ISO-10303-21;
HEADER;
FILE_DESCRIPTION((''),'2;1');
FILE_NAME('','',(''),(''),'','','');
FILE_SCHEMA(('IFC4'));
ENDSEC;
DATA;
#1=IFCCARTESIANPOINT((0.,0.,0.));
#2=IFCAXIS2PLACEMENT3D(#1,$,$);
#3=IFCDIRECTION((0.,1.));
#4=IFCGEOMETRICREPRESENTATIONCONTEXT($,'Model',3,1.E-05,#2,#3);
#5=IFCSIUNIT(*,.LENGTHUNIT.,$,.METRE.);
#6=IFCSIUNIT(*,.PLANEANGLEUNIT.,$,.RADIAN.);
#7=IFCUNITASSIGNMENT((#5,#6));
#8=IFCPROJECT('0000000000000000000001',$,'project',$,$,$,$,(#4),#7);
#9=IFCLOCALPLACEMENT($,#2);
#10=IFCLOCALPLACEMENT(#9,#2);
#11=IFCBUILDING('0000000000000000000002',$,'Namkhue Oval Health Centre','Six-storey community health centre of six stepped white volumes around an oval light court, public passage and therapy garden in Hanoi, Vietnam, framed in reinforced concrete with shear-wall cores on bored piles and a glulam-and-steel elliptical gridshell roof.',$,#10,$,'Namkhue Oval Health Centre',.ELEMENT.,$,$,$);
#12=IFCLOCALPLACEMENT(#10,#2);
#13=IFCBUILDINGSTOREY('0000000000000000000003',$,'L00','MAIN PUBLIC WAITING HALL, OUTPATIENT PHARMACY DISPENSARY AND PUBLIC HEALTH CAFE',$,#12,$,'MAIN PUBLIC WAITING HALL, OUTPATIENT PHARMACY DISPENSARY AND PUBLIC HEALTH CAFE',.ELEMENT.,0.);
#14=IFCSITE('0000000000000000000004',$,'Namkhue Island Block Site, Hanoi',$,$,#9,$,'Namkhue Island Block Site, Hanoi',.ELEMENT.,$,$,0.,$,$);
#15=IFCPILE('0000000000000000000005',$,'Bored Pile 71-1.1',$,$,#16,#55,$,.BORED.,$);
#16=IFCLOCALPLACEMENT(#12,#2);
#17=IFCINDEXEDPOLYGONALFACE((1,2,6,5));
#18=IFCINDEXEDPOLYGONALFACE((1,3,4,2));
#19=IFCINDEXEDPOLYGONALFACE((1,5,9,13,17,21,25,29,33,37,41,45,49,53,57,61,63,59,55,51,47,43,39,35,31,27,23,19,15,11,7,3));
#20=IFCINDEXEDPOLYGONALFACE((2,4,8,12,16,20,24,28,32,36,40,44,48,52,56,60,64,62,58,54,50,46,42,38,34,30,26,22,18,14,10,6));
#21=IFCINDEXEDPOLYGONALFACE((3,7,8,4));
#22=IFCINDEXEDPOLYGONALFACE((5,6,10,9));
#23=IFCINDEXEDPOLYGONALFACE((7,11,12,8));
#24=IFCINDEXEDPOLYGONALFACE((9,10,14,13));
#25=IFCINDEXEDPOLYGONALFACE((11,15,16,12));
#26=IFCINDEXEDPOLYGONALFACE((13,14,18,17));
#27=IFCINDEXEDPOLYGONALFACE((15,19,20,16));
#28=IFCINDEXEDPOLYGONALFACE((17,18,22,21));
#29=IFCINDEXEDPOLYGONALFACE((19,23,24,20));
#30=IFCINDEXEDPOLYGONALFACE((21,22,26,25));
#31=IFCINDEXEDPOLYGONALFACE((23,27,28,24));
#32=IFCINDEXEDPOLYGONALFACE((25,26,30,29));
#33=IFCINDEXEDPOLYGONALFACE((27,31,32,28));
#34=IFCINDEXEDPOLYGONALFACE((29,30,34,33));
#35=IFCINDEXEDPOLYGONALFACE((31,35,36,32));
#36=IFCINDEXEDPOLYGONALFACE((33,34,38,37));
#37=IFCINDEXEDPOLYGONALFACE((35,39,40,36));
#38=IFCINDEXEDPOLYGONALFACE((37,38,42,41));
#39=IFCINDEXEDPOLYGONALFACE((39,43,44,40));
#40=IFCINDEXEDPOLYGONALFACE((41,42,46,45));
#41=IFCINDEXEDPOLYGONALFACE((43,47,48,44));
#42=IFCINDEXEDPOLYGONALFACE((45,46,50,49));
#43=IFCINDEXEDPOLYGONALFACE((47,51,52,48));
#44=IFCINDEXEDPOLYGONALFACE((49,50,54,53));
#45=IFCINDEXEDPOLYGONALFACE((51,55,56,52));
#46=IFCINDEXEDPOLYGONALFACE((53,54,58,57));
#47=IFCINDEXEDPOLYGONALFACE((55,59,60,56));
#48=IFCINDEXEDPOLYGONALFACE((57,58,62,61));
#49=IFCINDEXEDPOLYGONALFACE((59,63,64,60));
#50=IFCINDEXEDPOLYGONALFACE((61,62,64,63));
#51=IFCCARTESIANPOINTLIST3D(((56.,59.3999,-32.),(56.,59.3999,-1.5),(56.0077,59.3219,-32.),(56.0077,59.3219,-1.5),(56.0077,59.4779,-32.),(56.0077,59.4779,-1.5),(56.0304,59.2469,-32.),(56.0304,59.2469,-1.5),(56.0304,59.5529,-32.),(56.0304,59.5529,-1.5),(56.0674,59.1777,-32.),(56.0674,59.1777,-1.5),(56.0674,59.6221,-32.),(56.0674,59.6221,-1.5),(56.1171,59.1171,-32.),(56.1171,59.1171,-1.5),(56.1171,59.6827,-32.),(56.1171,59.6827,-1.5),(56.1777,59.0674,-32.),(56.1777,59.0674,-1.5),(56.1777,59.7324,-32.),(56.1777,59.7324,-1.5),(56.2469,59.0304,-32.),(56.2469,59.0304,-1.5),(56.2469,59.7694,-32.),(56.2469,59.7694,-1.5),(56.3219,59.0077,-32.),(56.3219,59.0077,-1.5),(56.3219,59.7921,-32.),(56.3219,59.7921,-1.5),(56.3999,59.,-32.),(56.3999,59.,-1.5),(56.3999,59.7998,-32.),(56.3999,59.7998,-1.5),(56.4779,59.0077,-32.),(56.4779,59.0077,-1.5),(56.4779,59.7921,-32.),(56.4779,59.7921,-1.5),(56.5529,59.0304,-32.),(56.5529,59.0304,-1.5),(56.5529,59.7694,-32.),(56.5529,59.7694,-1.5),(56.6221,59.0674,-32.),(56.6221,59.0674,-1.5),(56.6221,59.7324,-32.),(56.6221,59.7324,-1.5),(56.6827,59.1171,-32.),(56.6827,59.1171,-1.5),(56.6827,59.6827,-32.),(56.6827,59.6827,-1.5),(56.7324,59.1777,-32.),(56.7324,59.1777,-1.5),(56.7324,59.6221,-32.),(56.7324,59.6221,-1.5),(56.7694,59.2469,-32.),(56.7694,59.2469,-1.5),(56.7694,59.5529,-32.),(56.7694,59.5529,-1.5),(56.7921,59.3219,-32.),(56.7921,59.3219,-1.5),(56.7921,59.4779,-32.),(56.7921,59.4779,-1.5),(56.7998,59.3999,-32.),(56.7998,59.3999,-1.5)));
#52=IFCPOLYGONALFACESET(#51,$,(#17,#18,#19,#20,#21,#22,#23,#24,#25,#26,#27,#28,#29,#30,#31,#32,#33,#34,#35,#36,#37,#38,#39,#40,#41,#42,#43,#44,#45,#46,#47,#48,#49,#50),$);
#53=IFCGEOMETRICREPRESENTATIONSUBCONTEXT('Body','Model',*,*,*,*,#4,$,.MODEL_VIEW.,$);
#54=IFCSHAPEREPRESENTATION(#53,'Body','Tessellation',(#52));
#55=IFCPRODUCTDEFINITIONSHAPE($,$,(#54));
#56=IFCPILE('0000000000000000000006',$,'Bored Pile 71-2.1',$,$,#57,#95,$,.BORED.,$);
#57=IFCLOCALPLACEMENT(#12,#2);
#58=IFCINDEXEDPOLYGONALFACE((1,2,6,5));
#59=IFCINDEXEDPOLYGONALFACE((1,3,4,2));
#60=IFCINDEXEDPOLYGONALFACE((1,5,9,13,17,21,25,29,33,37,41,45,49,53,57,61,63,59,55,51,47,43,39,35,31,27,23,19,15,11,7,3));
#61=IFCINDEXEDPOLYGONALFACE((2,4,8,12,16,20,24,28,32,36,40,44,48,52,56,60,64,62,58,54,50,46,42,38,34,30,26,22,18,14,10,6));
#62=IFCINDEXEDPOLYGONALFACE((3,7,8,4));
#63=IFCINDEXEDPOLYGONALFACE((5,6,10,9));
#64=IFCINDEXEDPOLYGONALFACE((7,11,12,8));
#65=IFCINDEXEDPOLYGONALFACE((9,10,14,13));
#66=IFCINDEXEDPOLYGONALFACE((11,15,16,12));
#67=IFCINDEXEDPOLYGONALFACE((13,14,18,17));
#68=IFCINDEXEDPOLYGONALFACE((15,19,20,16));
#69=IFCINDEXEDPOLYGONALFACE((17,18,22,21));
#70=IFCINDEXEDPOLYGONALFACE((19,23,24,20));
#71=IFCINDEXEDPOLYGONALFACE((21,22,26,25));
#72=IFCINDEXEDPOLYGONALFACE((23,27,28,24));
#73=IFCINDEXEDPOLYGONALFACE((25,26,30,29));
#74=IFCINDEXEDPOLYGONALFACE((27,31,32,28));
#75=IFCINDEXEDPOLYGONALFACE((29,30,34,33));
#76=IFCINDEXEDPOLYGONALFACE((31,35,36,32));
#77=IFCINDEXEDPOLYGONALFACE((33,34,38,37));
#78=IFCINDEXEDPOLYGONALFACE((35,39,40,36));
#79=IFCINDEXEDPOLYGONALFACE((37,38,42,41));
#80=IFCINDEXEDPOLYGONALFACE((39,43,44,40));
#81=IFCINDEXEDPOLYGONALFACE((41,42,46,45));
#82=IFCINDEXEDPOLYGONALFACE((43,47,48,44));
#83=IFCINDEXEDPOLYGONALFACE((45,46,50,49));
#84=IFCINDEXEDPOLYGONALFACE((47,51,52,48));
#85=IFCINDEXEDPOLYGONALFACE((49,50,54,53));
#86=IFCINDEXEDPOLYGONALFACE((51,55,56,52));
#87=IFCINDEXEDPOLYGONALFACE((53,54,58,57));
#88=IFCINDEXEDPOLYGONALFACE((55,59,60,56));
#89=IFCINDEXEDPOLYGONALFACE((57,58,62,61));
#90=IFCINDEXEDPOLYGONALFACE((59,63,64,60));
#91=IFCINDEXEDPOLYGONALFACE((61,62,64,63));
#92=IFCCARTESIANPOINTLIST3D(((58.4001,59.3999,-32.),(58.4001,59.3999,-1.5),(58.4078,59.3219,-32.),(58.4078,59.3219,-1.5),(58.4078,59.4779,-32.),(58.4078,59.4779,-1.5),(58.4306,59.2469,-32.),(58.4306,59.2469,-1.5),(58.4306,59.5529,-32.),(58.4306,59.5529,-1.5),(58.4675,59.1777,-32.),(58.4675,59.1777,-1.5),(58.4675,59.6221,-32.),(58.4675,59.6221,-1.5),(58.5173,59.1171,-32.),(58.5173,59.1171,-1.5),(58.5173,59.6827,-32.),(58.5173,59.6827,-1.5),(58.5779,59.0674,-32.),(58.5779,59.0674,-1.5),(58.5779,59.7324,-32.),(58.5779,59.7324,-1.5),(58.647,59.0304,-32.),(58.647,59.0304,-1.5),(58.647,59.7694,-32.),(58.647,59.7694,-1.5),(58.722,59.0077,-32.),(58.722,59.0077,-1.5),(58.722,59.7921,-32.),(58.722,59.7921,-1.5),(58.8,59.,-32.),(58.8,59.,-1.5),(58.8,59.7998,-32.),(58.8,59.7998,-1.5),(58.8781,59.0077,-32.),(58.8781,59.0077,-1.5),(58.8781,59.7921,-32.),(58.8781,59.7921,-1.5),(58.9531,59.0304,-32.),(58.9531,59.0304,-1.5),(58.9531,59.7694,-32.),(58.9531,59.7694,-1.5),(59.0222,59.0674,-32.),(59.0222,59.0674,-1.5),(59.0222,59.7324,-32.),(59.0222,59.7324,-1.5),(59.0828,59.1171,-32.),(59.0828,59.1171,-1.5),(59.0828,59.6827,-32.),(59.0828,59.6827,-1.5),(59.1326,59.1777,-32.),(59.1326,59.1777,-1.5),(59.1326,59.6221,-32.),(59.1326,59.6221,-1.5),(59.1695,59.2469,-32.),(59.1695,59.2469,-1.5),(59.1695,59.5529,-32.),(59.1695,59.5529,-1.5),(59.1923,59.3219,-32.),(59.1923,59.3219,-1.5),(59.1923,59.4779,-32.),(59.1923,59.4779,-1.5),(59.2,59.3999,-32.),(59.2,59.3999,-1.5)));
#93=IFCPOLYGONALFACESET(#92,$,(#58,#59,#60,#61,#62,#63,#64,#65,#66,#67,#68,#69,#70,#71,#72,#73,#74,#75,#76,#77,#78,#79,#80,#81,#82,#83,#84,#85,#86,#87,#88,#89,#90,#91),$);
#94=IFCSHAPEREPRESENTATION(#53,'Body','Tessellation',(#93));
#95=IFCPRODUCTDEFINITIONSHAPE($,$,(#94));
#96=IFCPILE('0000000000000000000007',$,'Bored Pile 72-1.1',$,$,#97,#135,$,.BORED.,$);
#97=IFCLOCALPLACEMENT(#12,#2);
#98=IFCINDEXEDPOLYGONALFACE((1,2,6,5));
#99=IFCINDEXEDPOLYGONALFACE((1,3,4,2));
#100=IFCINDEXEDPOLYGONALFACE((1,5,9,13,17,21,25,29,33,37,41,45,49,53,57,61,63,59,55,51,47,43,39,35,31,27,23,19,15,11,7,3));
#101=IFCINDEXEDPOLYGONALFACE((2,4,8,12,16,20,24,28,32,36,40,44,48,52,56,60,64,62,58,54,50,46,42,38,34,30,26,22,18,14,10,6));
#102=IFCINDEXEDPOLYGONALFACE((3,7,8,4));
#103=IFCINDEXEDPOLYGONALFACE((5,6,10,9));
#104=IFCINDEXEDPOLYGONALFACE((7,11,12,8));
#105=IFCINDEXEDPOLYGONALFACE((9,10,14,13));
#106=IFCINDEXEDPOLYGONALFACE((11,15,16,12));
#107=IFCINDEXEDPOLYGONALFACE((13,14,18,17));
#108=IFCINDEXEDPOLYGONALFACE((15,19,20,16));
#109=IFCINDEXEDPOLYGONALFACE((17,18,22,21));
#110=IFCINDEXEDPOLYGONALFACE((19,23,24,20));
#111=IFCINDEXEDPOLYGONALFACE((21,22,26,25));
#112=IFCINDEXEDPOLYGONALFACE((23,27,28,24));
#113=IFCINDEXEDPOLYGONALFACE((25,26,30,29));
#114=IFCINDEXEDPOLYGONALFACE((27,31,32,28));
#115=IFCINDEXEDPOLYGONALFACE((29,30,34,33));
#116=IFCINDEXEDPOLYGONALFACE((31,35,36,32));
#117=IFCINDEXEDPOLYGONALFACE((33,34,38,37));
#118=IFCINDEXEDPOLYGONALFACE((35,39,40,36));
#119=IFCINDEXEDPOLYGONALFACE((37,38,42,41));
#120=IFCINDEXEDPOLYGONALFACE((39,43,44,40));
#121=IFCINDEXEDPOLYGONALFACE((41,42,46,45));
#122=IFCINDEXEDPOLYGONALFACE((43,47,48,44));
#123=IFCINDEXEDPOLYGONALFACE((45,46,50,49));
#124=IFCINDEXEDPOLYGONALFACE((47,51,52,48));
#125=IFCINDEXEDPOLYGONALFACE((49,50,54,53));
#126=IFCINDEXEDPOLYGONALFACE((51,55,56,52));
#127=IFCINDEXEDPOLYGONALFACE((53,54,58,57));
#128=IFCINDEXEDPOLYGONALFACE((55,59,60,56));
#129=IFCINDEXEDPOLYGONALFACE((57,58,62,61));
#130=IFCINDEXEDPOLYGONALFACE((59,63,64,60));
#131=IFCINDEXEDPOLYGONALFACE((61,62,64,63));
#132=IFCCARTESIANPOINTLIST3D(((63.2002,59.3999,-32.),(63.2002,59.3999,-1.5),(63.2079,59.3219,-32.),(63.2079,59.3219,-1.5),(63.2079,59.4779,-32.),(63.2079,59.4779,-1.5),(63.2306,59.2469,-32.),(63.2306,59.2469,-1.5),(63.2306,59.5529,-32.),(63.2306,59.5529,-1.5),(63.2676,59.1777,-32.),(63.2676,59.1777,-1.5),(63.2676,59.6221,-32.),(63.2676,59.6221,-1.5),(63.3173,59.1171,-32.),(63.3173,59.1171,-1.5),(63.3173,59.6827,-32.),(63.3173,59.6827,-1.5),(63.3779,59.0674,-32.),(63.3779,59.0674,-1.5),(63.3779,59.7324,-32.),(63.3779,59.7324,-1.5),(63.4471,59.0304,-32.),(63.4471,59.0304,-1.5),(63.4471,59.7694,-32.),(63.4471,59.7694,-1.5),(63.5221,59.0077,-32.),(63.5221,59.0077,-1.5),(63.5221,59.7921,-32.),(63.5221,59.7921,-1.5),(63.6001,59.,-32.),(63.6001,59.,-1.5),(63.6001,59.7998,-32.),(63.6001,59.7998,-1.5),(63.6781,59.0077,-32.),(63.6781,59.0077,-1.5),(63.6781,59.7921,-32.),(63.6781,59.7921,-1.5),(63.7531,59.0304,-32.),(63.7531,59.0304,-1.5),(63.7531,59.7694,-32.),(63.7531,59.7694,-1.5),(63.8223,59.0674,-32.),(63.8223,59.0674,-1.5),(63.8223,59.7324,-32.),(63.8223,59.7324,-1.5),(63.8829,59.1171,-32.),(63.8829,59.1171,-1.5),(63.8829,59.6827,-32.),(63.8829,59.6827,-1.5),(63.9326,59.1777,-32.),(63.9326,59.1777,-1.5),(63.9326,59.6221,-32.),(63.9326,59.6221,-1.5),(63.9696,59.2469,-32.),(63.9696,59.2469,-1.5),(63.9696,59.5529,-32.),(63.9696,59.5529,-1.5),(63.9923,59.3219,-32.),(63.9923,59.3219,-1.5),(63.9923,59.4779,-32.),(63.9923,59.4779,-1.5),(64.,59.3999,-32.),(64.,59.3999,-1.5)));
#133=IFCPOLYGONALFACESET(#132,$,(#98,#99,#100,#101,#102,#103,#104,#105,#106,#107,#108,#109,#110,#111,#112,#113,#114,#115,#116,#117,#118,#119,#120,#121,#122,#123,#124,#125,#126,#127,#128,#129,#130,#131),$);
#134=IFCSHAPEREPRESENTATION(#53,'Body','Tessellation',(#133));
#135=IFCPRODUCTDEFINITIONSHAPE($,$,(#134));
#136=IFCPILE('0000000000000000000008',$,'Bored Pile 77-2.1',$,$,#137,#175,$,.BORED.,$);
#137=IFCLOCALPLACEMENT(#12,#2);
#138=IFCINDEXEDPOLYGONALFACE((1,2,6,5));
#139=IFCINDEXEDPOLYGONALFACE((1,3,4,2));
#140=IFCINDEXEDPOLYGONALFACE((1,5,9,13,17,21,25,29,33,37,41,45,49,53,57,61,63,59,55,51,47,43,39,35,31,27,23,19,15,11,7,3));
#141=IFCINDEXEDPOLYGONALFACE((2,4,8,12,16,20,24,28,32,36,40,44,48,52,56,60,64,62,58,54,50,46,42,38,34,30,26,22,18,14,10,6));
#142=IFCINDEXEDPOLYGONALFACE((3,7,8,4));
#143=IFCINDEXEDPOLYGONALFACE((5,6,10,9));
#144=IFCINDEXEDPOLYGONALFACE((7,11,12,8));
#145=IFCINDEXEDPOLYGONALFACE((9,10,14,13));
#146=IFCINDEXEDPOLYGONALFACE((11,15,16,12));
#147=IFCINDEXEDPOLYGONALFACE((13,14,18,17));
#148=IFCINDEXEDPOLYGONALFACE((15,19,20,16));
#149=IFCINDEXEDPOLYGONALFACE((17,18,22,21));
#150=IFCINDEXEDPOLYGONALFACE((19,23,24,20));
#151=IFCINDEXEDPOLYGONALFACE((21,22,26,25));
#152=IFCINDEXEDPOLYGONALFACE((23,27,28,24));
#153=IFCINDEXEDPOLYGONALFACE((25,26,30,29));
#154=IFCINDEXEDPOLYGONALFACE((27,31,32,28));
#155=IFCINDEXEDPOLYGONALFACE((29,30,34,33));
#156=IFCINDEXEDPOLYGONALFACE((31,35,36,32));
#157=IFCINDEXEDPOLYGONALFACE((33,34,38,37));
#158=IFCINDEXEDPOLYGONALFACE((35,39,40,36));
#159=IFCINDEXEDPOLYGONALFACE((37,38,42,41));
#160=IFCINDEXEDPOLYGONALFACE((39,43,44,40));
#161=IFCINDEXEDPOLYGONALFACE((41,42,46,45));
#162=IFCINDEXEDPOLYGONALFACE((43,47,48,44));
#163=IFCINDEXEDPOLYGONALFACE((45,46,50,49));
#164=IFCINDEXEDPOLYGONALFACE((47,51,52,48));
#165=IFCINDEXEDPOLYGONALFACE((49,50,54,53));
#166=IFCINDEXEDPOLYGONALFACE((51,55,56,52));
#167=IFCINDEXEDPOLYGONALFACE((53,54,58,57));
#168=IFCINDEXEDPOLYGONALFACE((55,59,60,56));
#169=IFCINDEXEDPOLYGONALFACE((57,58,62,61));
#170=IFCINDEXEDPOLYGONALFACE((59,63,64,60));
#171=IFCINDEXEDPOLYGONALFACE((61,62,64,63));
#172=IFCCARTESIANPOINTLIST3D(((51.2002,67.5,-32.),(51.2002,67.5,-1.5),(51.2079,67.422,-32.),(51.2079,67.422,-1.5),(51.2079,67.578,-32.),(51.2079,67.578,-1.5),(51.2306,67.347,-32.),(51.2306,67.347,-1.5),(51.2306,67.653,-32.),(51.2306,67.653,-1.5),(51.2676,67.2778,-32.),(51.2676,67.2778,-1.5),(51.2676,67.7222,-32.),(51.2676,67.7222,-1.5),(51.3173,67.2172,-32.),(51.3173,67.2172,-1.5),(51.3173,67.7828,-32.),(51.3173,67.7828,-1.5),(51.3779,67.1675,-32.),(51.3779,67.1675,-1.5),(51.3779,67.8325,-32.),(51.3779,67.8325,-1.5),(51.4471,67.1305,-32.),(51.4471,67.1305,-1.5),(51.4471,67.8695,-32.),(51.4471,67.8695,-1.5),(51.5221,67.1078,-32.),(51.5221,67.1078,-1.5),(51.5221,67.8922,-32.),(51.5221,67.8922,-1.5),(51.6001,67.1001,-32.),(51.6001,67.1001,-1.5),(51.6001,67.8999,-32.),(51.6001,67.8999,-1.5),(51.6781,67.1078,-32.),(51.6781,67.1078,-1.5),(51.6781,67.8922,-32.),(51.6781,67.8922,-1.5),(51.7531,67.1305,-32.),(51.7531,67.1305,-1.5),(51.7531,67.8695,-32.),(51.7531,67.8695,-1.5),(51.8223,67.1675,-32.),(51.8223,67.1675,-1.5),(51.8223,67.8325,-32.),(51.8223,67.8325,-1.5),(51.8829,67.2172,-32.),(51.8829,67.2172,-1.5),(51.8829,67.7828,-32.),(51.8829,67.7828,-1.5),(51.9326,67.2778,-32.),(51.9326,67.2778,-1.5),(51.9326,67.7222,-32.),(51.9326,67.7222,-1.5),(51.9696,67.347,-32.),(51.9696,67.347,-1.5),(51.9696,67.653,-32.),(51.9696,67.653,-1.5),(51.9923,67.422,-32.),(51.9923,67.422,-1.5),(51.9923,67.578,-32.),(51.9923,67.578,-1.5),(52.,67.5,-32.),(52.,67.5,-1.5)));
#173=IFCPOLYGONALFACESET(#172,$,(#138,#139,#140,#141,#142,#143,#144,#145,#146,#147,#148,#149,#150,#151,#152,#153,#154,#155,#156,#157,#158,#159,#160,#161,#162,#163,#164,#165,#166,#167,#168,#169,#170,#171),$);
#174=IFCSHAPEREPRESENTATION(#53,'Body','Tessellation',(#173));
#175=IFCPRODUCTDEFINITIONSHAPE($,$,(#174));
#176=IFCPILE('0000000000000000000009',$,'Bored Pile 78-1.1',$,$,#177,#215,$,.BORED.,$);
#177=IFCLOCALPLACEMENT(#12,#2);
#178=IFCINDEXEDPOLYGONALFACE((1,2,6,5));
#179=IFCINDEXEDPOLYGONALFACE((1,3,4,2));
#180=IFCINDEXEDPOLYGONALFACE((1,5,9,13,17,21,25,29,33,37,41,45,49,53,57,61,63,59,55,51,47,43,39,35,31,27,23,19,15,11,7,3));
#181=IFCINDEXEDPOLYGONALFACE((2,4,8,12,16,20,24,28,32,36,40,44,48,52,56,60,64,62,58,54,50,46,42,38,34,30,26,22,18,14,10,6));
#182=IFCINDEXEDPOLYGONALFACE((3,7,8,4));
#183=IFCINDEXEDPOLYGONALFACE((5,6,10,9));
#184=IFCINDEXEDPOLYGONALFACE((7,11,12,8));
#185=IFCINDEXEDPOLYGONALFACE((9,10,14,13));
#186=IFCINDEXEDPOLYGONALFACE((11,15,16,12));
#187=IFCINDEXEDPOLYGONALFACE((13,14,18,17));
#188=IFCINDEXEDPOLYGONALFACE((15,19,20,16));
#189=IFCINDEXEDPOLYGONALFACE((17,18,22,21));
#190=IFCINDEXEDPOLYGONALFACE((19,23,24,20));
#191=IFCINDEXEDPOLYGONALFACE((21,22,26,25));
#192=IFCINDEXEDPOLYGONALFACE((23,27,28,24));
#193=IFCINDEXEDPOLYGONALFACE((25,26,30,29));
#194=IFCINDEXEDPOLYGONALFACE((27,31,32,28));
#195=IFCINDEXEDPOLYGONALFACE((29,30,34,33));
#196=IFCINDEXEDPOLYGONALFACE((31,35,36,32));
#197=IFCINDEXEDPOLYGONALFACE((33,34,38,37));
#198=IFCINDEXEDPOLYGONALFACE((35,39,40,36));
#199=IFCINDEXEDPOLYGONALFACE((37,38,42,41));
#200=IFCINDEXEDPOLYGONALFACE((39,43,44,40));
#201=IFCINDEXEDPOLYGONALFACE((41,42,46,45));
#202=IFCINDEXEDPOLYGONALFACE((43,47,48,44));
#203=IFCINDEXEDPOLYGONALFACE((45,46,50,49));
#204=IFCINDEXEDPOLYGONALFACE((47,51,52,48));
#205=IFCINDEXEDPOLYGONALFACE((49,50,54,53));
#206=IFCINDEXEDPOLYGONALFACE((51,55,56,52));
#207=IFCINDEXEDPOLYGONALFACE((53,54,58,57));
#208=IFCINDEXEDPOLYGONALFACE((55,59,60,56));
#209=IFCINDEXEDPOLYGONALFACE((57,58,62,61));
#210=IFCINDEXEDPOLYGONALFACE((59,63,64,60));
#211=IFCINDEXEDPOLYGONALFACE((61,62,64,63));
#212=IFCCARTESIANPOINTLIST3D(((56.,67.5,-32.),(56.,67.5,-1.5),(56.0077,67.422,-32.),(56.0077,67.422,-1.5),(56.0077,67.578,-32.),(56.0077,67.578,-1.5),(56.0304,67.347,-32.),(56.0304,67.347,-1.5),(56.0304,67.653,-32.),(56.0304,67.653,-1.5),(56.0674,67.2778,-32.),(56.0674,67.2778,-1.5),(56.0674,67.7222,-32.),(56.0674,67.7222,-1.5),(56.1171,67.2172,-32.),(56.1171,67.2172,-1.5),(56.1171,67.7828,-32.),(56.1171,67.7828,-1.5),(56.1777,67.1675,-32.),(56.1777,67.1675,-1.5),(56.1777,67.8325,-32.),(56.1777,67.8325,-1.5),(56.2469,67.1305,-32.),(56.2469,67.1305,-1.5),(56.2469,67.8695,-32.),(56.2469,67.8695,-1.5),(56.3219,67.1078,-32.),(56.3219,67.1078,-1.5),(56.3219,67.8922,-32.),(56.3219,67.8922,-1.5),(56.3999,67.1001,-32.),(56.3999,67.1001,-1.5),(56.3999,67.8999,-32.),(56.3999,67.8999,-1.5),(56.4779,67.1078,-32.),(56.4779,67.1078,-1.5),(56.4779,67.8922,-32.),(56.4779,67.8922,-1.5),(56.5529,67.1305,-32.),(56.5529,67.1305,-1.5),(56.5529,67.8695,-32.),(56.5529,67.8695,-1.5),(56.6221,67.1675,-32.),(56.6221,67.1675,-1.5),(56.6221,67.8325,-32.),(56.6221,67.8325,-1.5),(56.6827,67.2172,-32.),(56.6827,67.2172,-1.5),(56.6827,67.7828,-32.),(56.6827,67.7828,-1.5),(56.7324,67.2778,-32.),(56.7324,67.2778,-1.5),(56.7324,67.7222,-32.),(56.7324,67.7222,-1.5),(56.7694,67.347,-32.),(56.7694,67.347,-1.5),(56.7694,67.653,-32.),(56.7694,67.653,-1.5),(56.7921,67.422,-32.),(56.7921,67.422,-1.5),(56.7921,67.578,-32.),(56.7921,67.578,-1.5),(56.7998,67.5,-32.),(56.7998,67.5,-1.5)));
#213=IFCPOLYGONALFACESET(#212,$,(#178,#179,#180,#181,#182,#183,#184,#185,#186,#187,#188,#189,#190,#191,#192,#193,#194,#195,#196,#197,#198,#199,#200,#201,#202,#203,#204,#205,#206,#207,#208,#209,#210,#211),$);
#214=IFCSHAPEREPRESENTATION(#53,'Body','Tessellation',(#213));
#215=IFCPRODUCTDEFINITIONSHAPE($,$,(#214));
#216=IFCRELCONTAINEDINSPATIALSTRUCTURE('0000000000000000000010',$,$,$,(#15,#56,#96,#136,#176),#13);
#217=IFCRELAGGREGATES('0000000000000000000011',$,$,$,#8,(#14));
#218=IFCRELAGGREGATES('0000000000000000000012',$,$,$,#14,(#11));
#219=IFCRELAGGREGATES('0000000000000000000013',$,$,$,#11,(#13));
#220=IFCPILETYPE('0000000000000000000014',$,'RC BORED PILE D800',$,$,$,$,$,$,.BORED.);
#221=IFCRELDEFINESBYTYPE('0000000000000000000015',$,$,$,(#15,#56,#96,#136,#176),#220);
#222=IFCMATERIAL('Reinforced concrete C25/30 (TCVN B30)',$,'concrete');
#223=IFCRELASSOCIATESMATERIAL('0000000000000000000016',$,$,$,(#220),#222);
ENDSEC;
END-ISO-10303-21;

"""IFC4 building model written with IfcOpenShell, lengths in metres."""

from ifc_helpers import new_model, si_unit, direction, frame, origin, origin_2d, place, context, subcontext, project, spatial, circle, extrude, material, material_profile, profile_set, type_object, element, save


model = new_model("IFC4")

# Units and contexts
model_context = context("Model", 3, precision=1e-05, world=origin(), true_north=direction((0.0, 1.0)))
body_context = subcontext(model_context, "Body", "Model", "MODEL_VIEW")
ifc_project = project(units=[si_unit("LENGTHUNIT", "METRE"), si_unit("PLANEANGLEUNIT", "RADIAN")], contexts=[model_context])

# Site, building, storey
site_placement = place(None, origin())
site = spatial("IfcSite", under=ifc_project, at=site_placement, Name="Namkhue Island Block Site, Hanoi", LongName="Namkhue Island Block Site, Hanoi", CompositionType="ELEMENT", RefElevation=0.0)
building_placement = place(site_placement, origin())
building = spatial("IfcBuilding", under=site, at=building_placement, Name="Namkhue Oval Health Centre", Description="Six-storey community health centre of six stepped white volumes around an oval light court, public passage and therapy garden in Hanoi, Vietnam, framed in reinforced concrete with shear-wall cores on bored piles and a glulam-and-steel elliptical gridshell roof.", LongName="Namkhue Oval Health Centre", CompositionType="ELEMENT")
storey_placement = place(building_placement, origin())
storey = spatial("IfcBuildingStorey", under=building, at=storey_placement, Name="L00", Description="MAIN PUBLIC WAITING HALL, OUTPATIENT PHARMACY DISPENSARY AND PUBLIC HEALTH CAFE", LongName="MAIN PUBLIC WAITING HALL, OUTPATIENT PHARMACY DISPENSARY AND PUBLIC HEALTH CAFE", CompositionType="ELEMENT", Elevation=0.0)

# Piles
ifc_material_1 = material(Name="Reinforced concrete C25/30 (TCVN B30)", Category="concrete")
ifc_material_profile_1 = material_profile(ifc_material_1, circle(Radius=0.3999, at=origin_2d()), Name="BORED PILE D800")
ifc_profile_set_1 = profile_set([ifc_material_profile_1], Name="Reinforced concrete C25/30 (TCVN B30)")
pile_type = type_object("IfcPileType", Name="RC BORED PILE D800", PredefinedType="BORED", material=ifc_profile_set_1)
for number, where, z_axis, x_axis, name in (
    (1, (56.3999, 59.3999, -1.5), (0.0, 0.0, -1.0), (1.0, 0.0, 0.0), "Bored Pile 71-1.1"),
    (2, (58.8, 59.3999, -1.5), (0.0, 0.0, -1.0), (1.0, 0.0, 0.0), "Bored Pile 71-2.1"),
    (3, (63.6001, 59.3999, -1.5), (0.0, 0.0, -1.0), (1.0, 0.0, 0.0), "Bored Pile 72-1.1"),
    (4, (51.6001, 67.5, -1.5), (0.0, 0.0, -1.0), (1.0, 0.0, 0.0), "Bored Pile 77-2.1"),
    (5, (56.3999, 67.5, -1.5), (0.0, 0.0, -1.0), (1.0, 0.0, 0.0), "Bored Pile 78-1.1"),
):
    element("IfcPile", number, at=place(storey_placement, frame(where, z_axis=z_axis, x_axis=x_axis)), inside=storey, type_object=pile_type, Name=name, PredefinedType="BORED", context=body_context, shape_type="SweptSolid", body=[
        extrude(circle(Radius=0.3999, at=origin_2d()), origin(), (0.0, 0.0, 1.0), 30.5),
    ])

save(model, "model.ifc")
